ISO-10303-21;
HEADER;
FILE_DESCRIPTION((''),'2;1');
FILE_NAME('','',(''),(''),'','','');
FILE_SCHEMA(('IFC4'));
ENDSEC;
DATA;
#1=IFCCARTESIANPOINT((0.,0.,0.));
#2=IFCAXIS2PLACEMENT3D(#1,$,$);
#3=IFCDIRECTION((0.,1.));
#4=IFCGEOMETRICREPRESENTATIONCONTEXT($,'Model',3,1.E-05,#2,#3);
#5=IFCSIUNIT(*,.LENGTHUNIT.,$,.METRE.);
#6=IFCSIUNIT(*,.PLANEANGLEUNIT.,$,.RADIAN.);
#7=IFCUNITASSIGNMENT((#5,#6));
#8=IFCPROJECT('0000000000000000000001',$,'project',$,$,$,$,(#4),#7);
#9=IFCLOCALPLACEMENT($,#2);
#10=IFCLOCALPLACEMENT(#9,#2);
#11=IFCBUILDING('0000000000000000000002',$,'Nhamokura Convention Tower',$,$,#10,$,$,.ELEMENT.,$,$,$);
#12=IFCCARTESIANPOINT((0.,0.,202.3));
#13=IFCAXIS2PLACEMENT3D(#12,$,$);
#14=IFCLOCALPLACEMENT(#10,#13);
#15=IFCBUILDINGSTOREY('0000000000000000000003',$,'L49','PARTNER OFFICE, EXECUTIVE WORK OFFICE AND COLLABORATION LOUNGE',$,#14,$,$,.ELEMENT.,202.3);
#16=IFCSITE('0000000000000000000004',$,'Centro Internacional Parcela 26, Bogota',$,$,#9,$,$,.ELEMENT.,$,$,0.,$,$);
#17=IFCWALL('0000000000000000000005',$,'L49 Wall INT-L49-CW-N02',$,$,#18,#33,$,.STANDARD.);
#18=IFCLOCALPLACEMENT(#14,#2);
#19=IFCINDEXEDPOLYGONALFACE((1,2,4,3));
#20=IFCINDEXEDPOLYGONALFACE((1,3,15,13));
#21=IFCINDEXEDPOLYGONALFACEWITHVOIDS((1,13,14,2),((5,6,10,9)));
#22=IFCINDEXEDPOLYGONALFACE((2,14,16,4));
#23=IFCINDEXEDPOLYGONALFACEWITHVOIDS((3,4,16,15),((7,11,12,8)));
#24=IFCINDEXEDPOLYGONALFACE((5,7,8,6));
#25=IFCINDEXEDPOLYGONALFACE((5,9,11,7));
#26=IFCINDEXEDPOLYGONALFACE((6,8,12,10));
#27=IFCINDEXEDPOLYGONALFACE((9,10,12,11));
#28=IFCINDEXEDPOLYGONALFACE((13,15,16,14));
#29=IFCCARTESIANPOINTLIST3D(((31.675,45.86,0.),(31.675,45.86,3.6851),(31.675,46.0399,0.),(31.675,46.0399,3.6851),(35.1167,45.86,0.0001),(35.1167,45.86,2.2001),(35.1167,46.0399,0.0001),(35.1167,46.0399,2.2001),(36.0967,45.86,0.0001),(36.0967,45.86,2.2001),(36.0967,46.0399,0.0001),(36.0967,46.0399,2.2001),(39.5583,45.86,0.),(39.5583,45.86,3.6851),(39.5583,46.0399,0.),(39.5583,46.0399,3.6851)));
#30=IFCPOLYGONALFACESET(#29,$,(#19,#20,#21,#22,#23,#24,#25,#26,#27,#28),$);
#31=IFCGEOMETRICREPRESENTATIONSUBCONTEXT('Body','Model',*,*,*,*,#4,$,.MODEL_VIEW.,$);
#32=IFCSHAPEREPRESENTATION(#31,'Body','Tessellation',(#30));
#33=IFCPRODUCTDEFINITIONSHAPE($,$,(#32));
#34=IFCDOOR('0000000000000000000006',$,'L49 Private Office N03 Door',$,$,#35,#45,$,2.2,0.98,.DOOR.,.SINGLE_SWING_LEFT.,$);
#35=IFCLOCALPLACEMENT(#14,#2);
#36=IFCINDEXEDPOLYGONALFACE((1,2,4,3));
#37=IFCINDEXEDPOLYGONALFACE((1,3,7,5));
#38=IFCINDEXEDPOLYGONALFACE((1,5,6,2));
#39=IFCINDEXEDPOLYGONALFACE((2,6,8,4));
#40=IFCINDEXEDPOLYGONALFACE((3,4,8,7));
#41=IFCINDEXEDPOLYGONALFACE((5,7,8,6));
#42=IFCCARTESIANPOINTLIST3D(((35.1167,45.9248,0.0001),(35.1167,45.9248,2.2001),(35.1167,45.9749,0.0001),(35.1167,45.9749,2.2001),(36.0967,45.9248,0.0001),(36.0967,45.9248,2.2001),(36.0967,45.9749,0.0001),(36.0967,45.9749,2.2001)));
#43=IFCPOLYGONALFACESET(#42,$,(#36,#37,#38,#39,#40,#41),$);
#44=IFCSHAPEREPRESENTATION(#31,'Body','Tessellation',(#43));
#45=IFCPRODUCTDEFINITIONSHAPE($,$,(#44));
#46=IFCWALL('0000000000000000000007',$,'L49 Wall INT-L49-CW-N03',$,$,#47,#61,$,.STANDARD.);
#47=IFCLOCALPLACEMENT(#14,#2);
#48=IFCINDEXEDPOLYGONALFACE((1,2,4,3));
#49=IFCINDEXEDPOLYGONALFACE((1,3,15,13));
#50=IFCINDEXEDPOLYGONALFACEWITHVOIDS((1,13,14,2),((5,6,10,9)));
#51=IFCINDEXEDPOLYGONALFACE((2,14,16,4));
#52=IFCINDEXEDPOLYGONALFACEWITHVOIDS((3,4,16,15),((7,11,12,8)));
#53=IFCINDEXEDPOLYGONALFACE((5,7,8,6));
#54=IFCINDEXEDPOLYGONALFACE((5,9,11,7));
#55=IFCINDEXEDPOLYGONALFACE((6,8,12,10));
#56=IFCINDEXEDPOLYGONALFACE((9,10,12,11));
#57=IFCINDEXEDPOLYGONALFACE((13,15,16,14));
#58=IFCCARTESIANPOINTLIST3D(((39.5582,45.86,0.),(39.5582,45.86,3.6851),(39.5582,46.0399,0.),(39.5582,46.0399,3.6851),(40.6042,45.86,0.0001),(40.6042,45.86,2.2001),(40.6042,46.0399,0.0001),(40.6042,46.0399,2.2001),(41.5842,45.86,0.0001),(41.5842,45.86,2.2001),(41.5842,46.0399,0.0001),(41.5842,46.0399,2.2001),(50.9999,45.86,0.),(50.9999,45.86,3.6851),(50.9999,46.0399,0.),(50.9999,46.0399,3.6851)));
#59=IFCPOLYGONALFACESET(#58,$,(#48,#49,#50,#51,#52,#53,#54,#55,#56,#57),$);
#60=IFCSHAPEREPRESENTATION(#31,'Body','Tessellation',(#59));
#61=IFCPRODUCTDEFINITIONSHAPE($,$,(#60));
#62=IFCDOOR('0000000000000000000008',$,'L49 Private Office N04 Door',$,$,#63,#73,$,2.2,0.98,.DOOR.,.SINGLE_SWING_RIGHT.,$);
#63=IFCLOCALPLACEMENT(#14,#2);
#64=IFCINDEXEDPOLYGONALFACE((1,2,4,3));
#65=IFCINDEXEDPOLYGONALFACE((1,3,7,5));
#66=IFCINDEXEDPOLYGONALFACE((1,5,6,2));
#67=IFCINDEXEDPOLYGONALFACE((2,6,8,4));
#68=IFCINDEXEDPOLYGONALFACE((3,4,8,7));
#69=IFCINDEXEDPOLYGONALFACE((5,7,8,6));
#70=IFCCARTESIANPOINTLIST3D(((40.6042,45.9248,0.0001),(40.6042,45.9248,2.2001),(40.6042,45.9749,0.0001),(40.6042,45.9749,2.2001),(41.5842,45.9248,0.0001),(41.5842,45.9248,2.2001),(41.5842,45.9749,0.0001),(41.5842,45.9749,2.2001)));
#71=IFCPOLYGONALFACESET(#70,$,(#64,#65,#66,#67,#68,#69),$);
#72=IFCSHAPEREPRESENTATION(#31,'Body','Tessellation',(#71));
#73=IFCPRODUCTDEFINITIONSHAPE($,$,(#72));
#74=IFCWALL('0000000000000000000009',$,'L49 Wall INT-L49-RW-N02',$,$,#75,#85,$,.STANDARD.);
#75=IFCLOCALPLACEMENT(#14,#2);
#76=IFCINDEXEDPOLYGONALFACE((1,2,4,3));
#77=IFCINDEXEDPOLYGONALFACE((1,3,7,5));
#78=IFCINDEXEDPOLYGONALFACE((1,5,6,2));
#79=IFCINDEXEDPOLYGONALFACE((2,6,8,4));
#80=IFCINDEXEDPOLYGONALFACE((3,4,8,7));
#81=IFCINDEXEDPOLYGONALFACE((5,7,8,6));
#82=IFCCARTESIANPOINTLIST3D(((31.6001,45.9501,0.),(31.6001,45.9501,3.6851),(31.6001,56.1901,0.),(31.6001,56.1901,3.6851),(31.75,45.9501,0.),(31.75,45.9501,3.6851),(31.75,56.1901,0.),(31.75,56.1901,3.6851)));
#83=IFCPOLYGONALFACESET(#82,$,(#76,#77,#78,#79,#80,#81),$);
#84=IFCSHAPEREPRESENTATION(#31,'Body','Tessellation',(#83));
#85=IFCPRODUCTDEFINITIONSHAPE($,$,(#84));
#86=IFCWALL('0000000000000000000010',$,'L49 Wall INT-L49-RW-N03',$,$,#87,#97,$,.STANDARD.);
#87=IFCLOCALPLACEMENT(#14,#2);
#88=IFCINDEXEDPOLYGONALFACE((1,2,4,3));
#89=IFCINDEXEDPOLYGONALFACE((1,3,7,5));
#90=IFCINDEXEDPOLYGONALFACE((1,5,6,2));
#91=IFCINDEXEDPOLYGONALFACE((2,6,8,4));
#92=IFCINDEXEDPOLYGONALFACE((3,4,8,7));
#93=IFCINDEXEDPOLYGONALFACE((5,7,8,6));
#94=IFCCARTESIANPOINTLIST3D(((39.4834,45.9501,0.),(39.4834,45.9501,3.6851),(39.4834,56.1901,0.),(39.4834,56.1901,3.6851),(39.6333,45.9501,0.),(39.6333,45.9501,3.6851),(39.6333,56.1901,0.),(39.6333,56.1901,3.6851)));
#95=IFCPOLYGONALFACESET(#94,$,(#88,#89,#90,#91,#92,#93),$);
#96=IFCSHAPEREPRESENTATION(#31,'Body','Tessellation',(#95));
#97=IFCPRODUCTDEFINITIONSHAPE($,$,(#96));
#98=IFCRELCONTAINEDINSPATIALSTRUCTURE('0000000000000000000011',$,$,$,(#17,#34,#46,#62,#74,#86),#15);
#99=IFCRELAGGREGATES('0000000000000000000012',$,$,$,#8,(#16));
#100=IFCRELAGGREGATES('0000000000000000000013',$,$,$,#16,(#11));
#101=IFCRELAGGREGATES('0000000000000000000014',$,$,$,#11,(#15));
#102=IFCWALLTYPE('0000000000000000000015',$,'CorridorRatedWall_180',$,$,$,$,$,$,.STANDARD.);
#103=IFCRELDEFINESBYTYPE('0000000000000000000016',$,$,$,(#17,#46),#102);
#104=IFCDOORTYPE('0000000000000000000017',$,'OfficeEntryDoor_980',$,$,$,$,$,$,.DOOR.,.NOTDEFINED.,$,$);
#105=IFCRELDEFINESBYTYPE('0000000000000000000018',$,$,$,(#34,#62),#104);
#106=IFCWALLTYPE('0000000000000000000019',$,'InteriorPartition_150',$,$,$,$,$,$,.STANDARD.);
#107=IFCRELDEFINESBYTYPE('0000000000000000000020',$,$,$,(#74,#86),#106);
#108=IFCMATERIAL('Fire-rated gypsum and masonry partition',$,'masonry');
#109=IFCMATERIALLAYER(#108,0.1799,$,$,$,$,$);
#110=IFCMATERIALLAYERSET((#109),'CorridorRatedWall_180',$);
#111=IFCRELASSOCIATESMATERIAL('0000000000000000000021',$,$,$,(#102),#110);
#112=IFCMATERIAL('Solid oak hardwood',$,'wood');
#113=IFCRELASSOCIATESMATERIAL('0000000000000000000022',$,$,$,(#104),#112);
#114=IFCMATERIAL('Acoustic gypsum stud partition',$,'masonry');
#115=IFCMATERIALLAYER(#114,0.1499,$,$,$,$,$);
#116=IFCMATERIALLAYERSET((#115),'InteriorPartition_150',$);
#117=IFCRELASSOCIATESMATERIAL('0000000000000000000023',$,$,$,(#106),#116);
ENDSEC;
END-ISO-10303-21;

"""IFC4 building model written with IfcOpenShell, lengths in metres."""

from ifc_helpers import new_model, si_unit, direction, frame, frame_2d, origin, place, context, subcontext, project, spatial, rectangle, extrude, material, layer, layer_set, type_object, element, fill, save


model = new_model("IFC4")

# Units and contexts
model_context = context("Model", 3, precision=1e-05, world=origin(), true_north=direction((0.0, 1.0)))
body_context = subcontext(model_context, "Body", "Model", "MODEL_VIEW")
ifc_project = project(units=[si_unit("LENGTHUNIT", "METRE"), si_unit("PLANEANGLEUNIT", "RADIAN")], contexts=[model_context])

# Site, building, storey
site_placement = place(None, origin())
site = spatial("IfcSite", under=ifc_project, at=site_placement, Name="Centro Internacional Parcela 26, Bogota", CompositionType="ELEMENT", RefElevation=0.0)
building_placement = place(site_placement, origin())
building = spatial("IfcBuilding", under=site, at=building_placement, Name="Nhamokura Convention Tower", CompositionType="ELEMENT")
storey_placement = place(building_placement, frame((0.0, 0.0, 202.3)))
storey = spatial("IfcBuildingStorey", under=building, at=storey_placement, Name="L49", Description="PARTNER OFFICE, EXECUTIVE WORK OFFICE AND COLLABORATION LOUNGE", CompositionType="ELEMENT", Elevation=202.3)

# Walls, openings, doors
ifc_material_1 = material(Name="Fire-rated gypsum and masonry partition", Category="masonry")
ifc_layer_1 = layer(ifc_material_1, 0.1799)
ifc_layer_set_1 = layer_set([ifc_layer_1], Name="CorridorRatedWall_180")
wall_type_1 = type_object("IfcWallType", Name="CorridorRatedWall_180", PredefinedType="STANDARD", material=ifc_layer_set_1)
wall_1_placement = place(storey_placement, frame((31.675, 45.95, 0.0), z_axis=(0.0, 0.0, 1.0), x_axis=(1.0, 0.0, 0.0)))
wall_1 = element("IfcWall", 1, at=wall_1_placement, inside=storey, type_object=wall_type_1, Name="L49 Wall INT-L49-CW-N02", PredefinedType="STANDARD", context=body_context, shape_type="SweptSolid", body=[
    extrude(rectangle(XDim=7.8833, YDim=0.1799, at=frame_2d((3.9417, 0.0))), origin(), (0.0, 0.0, 1.0), 3.6851),
])
opening_1_placement = place(wall_1_placement, frame((3.4417, 0.0, 0.0)))
opening_1 = element("IfcOpeningElement", 2, at=opening_1_placement, cuts=wall_1, PredefinedType="OPENING", context=body_context, shape_type="SweptSolid", body=[
    extrude(rectangle(XDim=0.98, YDim=2.2, at=frame_2d((0.49, 1.1001))), frame((0.0, 0.0999, 0.0), z_axis=(0.0, -1.0, 0.0), x_axis=(1.0, 0.0, 0.0)), (0.0, 0.0, 1.0), 0.2),
])
ifc_material_2 = material(Name="Solid oak hardwood", Category="wood")
door_type_1 = type_object("IfcDoorType", Name="OfficeEntryDoor_980", OperationType="NOTDEFINED", PredefinedType="DOOR", material=ifc_material_2)
door_1_placement = place(opening_1_placement, origin())
door_1 = element("IfcDoor", 3, at=door_1_placement, inside=storey, type_object=door_type_1, Name="L49 Private Office N03 Door", OperationType="SINGLE_SWING_LEFT", OverallHeight=2.2, OverallWidth=0.98, PredefinedType="DOOR", context=body_context, shape_type="SweptSolid", body=[
    extrude(rectangle(XDim=0.98, YDim=2.2, at=frame_2d((0.49, 1.1001))), frame((0.0, 0.0249, 0.0), z_axis=(0.0, -1.0, 0.0), x_axis=(1.0, 0.0, 0.0)), (0.0, 0.0, 1.0), 0.05),
])
fill(opening_1, door_1)
wall_2_placement = place(storey_placement, frame((39.5583, 45.95, 0.0), z_axis=(0.0, 0.0, 1.0), x_axis=(1.0, 0.0, 0.0)))
wall_2 = element("IfcWall", 4, at=wall_2_placement, inside=storey, type_object=wall_type_1, Name="L49 Wall INT-L49-CW-N03", PredefinedType="STANDARD", context=body_context, shape_type="SweptSolid", body=[
    extrude(rectangle(XDim=11.4417, YDim=0.1799, at=frame_2d((5.7207, 0.0))), origin(), (0.0, 0.0, 1.0), 3.6851),
])
opening_2_placement = place(wall_2_placement, frame((1.0459, 0.0, 0.0)))
opening_2 = element("IfcOpeningElement", 5, at=opening_2_placement, cuts=wall_2, PredefinedType="OPENING", context=body_context, shape_type="SweptSolid", body=[
    extrude(rectangle(XDim=0.98, YDim=2.2, at=frame_2d((0.49, 1.1001))), frame((0.0, 0.0999, 0.0), z_axis=(0.0, -1.0, 0.0), x_axis=(1.0, 0.0, 0.0)), (0.0, 0.0, 1.0), 0.2),
])
door_2_placement = place(opening_2_placement, origin())
door_2 = element("IfcDoor", 6, at=door_2_placement, inside=storey, type_object=door_type_1, Name="L49 Private Office N04 Door", OperationType="SINGLE_SWING_RIGHT", OverallHeight=2.2, OverallWidth=0.98, PredefinedType="DOOR", context=body_context, shape_type="SweptSolid", body=[
    extrude(rectangle(XDim=0.98, YDim=2.2, at=frame_2d((0.49, 1.1001))), frame((0.0, 0.0249, 0.0), z_axis=(0.0, -1.0, 0.0), x_axis=(1.0, 0.0, 0.0)), (0.0, 0.0, 1.0), 0.05),
])
fill(opening_2, door_2)

# Walls
ifc_material_3 = material(Name="Acoustic gypsum stud partition", Category="masonry")
ifc_layer_2 = layer(ifc_material_3, 0.1499)
ifc_layer_set_2 = layer_set([ifc_layer_2], Name="InteriorPartition_150")
wall_type_2 = type_object("IfcWallType", Name="InteriorPartition_150", PredefinedType="STANDARD", material=ifc_layer_set_2)
for number, where, z_axis, x_axis, name in (
    (7, (31.675, 45.95, 0.0), (0.0, 0.0, 1.0), (0.0, 1.0, 0.0), "L49 Wall INT-L49-RW-N02"),
    (8, (39.5583, 45.95, 0.0), (0.0, 0.0, 1.0), (0.0, 1.0, 0.0), "L49 Wall INT-L49-RW-N03"),
):
    element("IfcWall", number, at=place(storey_placement, frame(where, z_axis=z_axis, x_axis=x_axis)), inside=storey, type_object=wall_type_2, Name=name, PredefinedType="STANDARD", context=body_context, shape_type="SweptSolid", body=[
        extrude(rectangle(XDim=10.24, YDim=0.1499, at=frame_2d((5.1201, 0.0))), origin(), (0.0, 0.0, 1.0), 3.6851),
    ])

save(model, "model.ifc")
